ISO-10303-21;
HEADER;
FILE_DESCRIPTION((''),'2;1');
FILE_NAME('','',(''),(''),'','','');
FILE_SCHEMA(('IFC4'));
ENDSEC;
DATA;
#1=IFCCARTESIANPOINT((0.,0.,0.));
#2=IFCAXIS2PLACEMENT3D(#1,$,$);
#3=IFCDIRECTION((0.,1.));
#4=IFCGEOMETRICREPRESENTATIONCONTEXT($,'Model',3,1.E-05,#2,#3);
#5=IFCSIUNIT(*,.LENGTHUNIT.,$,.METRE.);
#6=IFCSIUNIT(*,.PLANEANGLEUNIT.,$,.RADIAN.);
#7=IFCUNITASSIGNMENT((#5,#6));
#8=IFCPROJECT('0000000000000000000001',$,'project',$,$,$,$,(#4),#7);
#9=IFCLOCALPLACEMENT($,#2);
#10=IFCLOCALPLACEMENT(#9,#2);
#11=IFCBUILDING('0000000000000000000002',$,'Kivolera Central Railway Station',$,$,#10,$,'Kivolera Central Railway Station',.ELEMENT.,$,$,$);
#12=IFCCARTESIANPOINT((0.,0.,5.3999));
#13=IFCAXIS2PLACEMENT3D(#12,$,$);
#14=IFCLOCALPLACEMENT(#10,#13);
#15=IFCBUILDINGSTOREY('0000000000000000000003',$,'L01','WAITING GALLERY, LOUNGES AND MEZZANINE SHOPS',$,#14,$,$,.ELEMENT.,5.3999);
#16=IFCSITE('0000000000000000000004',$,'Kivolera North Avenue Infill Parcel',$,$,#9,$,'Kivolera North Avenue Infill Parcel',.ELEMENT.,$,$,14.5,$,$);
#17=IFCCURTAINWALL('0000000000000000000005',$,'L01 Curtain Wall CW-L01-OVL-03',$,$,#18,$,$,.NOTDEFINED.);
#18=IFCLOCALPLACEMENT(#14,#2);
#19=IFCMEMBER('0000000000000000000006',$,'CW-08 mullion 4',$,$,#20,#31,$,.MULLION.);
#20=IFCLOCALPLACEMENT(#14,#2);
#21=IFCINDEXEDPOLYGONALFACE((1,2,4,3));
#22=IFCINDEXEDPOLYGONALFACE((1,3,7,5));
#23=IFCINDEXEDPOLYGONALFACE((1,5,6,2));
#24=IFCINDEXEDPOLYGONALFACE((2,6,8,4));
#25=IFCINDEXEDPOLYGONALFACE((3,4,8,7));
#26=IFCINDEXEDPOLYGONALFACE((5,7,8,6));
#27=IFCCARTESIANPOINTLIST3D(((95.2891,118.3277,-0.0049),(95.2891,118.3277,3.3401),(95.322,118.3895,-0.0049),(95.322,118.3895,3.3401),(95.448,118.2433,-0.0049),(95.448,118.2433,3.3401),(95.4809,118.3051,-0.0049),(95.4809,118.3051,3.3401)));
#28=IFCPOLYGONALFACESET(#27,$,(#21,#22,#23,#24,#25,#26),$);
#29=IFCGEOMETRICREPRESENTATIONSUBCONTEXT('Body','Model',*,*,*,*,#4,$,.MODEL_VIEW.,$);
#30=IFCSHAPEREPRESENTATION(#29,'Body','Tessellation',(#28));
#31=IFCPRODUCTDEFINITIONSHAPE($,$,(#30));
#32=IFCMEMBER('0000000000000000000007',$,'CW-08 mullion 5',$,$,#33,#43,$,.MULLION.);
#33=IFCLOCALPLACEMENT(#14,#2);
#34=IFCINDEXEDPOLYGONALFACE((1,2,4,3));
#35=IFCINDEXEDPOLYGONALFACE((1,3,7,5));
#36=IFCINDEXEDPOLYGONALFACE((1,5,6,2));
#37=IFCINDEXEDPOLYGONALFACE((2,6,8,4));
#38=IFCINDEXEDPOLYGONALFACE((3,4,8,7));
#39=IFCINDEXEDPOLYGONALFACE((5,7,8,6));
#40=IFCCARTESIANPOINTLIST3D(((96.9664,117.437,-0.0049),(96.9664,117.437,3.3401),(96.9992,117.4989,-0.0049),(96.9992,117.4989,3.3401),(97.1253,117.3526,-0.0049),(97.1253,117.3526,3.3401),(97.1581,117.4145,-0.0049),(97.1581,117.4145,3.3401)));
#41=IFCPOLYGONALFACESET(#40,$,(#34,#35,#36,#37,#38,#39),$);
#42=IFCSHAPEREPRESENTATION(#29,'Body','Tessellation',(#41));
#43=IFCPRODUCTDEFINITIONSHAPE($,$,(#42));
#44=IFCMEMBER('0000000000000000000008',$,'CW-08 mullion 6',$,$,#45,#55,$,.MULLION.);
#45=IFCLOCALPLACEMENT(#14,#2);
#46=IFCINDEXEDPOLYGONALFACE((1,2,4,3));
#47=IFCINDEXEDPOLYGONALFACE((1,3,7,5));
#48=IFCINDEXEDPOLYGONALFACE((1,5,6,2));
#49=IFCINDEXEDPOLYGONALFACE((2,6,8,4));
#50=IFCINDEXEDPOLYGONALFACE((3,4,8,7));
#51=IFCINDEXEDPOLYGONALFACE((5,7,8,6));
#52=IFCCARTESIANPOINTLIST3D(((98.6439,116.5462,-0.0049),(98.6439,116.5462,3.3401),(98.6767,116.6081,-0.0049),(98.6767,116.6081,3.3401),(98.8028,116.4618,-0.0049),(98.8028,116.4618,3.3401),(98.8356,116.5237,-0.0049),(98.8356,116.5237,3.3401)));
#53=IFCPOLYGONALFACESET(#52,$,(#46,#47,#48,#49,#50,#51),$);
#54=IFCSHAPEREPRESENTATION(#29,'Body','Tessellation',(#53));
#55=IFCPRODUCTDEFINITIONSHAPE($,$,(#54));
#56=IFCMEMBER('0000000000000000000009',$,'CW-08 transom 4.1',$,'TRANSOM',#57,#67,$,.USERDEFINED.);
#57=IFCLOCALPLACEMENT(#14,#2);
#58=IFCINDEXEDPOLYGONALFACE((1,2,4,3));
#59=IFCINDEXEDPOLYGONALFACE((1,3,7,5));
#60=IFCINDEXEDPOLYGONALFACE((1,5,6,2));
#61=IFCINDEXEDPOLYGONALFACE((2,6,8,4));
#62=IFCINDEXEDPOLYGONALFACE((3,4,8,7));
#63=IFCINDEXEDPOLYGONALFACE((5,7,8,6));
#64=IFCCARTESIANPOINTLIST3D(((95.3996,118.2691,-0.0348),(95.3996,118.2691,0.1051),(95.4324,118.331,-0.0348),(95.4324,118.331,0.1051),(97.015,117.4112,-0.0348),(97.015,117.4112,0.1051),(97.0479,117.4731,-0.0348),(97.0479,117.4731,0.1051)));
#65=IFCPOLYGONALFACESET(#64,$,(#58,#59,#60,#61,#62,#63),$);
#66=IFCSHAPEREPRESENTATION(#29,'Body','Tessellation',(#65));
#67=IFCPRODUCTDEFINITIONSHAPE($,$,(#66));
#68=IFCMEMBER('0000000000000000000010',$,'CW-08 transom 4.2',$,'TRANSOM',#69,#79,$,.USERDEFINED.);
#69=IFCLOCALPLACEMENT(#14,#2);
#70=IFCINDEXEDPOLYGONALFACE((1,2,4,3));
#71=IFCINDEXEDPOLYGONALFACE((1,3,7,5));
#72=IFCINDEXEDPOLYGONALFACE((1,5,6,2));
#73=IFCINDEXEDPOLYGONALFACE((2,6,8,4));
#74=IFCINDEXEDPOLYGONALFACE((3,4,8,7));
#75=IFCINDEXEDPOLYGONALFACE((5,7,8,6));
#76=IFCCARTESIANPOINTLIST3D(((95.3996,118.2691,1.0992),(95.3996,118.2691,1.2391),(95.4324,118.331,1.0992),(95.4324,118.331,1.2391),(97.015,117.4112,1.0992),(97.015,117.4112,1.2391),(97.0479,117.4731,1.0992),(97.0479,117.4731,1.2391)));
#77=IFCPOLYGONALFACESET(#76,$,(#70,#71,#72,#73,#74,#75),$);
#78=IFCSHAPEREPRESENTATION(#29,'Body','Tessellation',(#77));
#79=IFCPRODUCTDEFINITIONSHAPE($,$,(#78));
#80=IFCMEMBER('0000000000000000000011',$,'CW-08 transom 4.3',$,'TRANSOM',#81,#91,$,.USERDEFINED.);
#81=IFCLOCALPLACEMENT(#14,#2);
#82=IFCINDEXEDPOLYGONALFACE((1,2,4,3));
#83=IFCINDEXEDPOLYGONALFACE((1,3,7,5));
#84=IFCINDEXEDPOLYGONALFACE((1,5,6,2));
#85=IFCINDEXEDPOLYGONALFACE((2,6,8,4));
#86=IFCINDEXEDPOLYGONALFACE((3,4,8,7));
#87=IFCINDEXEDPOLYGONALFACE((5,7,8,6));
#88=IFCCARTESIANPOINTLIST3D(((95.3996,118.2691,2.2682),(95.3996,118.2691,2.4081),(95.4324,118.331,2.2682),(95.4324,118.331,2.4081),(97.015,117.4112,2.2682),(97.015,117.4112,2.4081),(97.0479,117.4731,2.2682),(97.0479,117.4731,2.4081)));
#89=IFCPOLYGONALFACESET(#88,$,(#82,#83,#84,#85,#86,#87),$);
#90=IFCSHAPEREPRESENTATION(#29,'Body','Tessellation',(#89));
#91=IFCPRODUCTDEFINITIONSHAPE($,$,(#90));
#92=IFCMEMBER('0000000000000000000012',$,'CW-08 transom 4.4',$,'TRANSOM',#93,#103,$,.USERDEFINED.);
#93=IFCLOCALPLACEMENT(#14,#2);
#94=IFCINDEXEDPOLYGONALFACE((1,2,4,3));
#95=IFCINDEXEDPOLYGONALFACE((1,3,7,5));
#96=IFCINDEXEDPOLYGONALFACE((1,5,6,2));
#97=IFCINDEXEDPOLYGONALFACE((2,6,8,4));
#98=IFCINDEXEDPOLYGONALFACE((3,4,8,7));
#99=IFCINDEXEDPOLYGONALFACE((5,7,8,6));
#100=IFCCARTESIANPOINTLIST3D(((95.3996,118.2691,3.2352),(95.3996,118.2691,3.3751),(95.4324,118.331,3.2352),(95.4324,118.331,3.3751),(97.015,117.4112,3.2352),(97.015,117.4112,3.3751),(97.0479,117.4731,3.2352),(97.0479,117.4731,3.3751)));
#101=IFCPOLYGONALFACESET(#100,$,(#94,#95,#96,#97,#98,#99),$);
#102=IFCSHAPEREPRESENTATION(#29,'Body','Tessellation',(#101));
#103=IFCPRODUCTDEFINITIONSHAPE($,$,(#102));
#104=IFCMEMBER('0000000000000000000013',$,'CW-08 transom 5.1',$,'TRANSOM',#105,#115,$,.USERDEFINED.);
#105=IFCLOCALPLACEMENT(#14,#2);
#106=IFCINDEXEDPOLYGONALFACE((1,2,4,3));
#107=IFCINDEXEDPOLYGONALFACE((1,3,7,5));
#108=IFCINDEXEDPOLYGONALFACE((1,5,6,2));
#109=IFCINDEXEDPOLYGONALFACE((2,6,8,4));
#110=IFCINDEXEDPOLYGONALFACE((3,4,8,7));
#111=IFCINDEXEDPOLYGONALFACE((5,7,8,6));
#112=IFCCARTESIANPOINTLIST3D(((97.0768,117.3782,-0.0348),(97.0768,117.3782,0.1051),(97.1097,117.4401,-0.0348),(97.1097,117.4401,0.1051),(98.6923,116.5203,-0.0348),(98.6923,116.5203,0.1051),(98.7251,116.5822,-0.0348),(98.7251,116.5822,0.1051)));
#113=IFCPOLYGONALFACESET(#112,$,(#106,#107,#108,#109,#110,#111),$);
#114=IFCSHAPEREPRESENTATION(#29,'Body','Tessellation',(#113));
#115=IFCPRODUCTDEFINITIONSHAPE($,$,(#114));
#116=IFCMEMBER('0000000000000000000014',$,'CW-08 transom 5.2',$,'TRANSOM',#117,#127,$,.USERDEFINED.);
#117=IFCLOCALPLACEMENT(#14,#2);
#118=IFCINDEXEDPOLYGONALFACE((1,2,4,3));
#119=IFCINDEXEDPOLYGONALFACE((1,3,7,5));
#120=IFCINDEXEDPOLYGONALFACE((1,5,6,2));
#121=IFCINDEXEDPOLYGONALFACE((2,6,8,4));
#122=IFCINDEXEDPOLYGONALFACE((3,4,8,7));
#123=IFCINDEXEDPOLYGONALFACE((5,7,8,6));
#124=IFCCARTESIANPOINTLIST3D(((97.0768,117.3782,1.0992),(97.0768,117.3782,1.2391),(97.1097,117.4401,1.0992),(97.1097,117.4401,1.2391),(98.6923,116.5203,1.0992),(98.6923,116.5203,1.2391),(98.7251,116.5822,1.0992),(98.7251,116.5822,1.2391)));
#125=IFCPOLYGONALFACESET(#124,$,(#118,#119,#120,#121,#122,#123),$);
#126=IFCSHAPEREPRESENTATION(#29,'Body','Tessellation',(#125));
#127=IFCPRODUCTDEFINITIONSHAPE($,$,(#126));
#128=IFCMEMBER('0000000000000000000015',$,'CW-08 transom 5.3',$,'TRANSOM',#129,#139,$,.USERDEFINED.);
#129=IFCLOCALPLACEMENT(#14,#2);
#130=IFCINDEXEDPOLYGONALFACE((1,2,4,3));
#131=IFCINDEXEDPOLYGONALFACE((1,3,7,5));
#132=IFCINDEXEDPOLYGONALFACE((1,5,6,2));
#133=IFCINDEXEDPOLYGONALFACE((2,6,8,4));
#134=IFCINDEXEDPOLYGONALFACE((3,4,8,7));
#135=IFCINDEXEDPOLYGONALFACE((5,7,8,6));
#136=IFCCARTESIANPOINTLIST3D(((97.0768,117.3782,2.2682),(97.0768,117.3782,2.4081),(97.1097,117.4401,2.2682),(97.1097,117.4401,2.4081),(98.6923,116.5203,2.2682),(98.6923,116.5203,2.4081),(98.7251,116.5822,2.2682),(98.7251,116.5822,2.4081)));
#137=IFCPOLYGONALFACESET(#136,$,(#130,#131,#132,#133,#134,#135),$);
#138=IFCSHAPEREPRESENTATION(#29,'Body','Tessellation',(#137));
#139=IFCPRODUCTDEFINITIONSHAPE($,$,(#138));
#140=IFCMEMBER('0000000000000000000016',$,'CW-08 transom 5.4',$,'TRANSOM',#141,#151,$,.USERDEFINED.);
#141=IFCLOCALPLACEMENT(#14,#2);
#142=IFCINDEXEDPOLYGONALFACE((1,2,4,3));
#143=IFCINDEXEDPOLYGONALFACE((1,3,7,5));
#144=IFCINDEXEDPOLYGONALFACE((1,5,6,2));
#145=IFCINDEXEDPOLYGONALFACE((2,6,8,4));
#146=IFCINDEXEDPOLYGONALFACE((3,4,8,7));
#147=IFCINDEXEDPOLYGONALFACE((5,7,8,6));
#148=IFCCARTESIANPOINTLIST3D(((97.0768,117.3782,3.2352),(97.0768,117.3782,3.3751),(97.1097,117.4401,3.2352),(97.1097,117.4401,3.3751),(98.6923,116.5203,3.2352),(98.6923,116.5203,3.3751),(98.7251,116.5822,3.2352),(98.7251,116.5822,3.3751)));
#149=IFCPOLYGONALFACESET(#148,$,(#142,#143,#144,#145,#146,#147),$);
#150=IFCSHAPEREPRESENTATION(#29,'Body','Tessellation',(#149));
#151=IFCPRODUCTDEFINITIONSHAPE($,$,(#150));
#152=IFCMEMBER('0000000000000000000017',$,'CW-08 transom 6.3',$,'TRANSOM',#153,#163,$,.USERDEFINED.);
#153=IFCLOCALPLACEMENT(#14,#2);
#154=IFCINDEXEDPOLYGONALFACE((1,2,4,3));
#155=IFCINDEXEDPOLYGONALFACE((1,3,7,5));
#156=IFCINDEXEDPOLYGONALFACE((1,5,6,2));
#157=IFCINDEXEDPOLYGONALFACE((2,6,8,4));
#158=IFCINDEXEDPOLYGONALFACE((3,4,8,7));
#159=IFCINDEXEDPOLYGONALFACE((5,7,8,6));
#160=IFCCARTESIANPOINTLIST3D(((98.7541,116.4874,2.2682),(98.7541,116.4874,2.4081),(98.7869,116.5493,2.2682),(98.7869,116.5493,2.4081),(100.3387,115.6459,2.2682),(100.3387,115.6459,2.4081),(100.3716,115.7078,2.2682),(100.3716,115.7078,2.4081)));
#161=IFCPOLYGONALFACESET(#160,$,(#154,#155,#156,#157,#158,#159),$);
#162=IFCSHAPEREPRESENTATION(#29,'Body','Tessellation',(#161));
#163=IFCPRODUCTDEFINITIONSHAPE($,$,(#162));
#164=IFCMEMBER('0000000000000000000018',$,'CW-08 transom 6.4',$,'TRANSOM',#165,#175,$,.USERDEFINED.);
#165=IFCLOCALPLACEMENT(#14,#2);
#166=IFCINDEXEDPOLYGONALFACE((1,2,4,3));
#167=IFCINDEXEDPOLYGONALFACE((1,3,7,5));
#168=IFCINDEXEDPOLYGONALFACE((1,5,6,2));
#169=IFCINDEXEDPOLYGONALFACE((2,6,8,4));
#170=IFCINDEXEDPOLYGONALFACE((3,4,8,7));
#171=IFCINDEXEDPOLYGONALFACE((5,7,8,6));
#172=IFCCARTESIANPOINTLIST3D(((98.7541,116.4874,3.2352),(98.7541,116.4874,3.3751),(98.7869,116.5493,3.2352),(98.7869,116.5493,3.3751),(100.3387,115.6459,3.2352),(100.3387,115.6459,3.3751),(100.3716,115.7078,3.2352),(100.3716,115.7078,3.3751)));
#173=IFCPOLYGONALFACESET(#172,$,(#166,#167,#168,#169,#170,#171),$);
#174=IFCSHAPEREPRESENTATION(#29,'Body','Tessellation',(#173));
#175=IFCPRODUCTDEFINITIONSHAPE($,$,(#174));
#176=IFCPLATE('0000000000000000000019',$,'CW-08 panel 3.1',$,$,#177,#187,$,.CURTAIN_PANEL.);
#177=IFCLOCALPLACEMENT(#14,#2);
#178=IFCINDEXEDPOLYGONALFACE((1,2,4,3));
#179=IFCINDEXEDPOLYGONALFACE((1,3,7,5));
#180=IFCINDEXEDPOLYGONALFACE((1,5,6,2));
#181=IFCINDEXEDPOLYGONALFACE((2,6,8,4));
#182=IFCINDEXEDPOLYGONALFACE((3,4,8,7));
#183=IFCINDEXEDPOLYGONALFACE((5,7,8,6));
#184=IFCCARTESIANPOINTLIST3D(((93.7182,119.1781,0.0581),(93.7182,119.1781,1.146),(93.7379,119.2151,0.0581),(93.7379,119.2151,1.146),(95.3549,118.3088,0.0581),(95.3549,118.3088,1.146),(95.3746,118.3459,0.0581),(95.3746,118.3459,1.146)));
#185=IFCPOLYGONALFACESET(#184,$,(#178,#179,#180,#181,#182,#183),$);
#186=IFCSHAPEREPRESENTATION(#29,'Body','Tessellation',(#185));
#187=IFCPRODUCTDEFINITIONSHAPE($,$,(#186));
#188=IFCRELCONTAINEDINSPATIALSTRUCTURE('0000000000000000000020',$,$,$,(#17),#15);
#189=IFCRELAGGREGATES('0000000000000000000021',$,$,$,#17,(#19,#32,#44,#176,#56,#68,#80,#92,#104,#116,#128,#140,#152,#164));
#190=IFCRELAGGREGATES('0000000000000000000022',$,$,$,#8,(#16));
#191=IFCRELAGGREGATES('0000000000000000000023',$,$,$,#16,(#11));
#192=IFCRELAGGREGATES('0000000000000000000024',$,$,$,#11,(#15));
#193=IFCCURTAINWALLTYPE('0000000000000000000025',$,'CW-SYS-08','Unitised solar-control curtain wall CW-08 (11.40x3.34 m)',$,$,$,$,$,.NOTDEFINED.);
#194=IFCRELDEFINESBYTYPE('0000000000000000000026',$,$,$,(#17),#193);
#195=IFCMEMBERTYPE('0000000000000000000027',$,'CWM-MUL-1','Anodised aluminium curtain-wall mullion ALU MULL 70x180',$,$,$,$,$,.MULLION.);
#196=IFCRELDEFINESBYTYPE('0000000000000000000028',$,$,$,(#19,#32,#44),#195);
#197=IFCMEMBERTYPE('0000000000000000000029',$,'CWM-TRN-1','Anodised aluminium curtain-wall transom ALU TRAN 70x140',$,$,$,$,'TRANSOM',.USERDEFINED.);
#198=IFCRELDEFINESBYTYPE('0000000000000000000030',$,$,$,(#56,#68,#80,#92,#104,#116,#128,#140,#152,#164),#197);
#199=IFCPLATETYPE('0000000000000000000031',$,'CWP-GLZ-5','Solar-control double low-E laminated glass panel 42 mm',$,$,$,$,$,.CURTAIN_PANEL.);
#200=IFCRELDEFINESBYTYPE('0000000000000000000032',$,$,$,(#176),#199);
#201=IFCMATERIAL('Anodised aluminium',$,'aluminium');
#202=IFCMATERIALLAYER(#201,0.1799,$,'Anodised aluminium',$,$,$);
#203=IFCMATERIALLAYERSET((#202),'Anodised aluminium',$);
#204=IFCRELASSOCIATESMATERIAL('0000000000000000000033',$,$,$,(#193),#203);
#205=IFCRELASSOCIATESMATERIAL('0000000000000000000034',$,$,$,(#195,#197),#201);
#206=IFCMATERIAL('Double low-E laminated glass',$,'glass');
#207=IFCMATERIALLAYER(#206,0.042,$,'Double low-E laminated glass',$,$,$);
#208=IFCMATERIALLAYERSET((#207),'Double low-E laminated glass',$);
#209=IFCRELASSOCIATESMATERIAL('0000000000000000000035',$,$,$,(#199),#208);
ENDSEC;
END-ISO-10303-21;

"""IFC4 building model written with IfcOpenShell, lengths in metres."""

from ifc_helpers import new_model, si_unit, direction, frame, origin, origin_2d, place, context, subcontext, project, spatial, rectangle, extrude, material, layer, layer_set, material_profile, profile_set, type_object, element, aggregate, save


model = new_model("IFC4")

# Units and contexts
model_context = context("Model", 3, precision=1e-05, world=origin(), true_north=direction((0.0, 1.0)))
body_context = subcontext(model_context, "Body", "Model", "MODEL_VIEW")
ifc_project = project(units=[si_unit("LENGTHUNIT", "METRE"), si_unit("PLANEANGLEUNIT", "RADIAN")], contexts=[model_context])

# Site, building, storey
site_placement = place(None, origin())
site = spatial("IfcSite", under=ifc_project, at=site_placement, Name="Kivolera North Avenue Infill Parcel", LongName="Kivolera North Avenue Infill Parcel", CompositionType="ELEMENT", RefElevation=14.5)
building_placement = place(site_placement, origin())
building = spatial("IfcBuilding", under=site, at=building_placement, Name="Kivolera Central Railway Station", LongName="Kivolera Central Railway Station", CompositionType="ELEMENT")
storey_placement = place(building_placement, frame((0.0, 0.0, 5.3999)))
storey = spatial("IfcBuildingStorey", under=building, at=storey_placement, Name="L01", Description="WAITING GALLERY, LOUNGES AND MEZZANINE SHOPS", CompositionType="ELEMENT", Elevation=5.3999)

# Curtain wall, members, plate
ifc_material_1 = material(Name="Anodised aluminium", Category="aluminium")
ifc_layer_1 = layer(ifc_material_1, 0.1799, Name="Anodised aluminium")
ifc_layer_set_1 = layer_set([ifc_layer_1], Name="Anodised aluminium")
curtain_wall_type = type_object("IfcCurtainWallType", Name="CW-SYS-08", Description="Unitised solar-control curtain wall CW-08 (11.40x3.34 m)", PredefinedType="NOTDEFINED", material=ifc_layer_set_1)
curtain_wall_placement = place(storey_placement, origin())
curtain_wall = element("IfcCurtainWall", 1, at=curtain_wall_placement, inside=storey, type_object=curtain_wall_type, Name="L01 Curtain Wall CW-L01-OVL-03", PredefinedType="NOTDEFINED")
ifc_material_profile_1 = material_profile(ifc_material_1, rectangle(XDim=0.0701, YDim=0.1799, at=origin_2d()), Name="ALU MULL 70x180")
ifc_profile_set_1 = profile_set([ifc_material_profile_1], Name="Anodised aluminium")
member_type_1 = type_object("IfcMemberType", Name="CWM-MUL-1", Description="Anodised aluminium curtain-wall mullion ALU MULL 70x180", PredefinedType="MULLION", material=ifc_profile_set_1)
member_1_placement = place(storey_placement, frame((95.385, 118.3164, -0.0049), z_axis=(0.0, 0.0, 1.0), x_axis=(0.469053, 0.88317, 0.0)))
member_1 = element("IfcMember", 2, at=member_1_placement, type_object=member_type_1, Name="CW-08 mullion 4", PredefinedType="MULLION", context=body_context, shape_type="SweptSolid", body=[
    extrude(rectangle(XDim=0.0701, YDim=0.1799, at=origin_2d()), origin(), (0.0, 0.0, 1.0), 3.345),
])
member_2_placement = place(storey_placement, frame((97.0623, 117.4258, -0.0049), z_axis=(0.0, 0.0, 1.0), x_axis=(0.469053, 0.88317, 0.0)))
member_2 = element("IfcMember", 3, at=member_2_placement, type_object=member_type_1, Name="CW-08 mullion 5", PredefinedType="MULLION", context=body_context, shape_type="SweptSolid", body=[
    extrude(rectangle(XDim=0.0701, YDim=0.1799, at=origin_2d()), origin(), (0.0, 0.0, 1.0), 3.345),
])
member_3_placement = place(storey_placement, frame((98.7397, 116.5349, -0.0049), z_axis=(0.0, 0.0, 1.0), x_axis=(0.469053, 0.88317, 0.0)))
member_3 = element("IfcMember", 4, at=member_3_placement, type_object=member_type_1, Name="CW-08 mullion 6", PredefinedType="MULLION", context=body_context, shape_type="SweptSolid", body=[
    extrude(rectangle(XDim=0.0701, YDim=0.1799, at=origin_2d()), origin(), (0.0, 0.0, 1.0), 3.345),
])
ifc_material_profile_2 = material_profile(ifc_material_1, rectangle(XDim=0.0701, YDim=0.1399, at=origin_2d()), Name="ALU TRAN 70x140")
ifc_profile_set_2 = profile_set([ifc_material_profile_2], Name="Anodised aluminium")
member_type_2 = type_object("IfcMemberType", Name="CWM-TRN-1", Description="Anodised aluminium curtain-wall transom ALU TRAN 70x140", ElementType="TRANSOM", PredefinedType="USERDEFINED", material=ifc_profile_set_2)
member_4_placement = place(storey_placement, frame((95.416, 118.3, 0.0352), z_axis=(0.883187, -0.469022, 0.0), x_axis=(0.469022, 0.883187, 0.0)))
member_4 = element("IfcMember", 5, at=member_4_placement, type_object=member_type_2, Name="CW-08 transom 4.1", ObjectType="TRANSOM", PredefinedType="USERDEFINED", context=body_context, shape_type="SweptSolid", body=[
    extrude(rectangle(XDim=0.0701, YDim=0.1399, at=origin_2d()), origin(), (0.0, 0.0, 1.0), 1.8291),
])
member_5_placement = place(storey_placement, frame((95.416, 118.3, 1.1692), z_axis=(0.883187, -0.469022, 0.0), x_axis=(0.469022, 0.883187, 0.0)))
member_5 = element("IfcMember", 6, at=member_5_placement, type_object=member_type_2, Name="CW-08 transom 4.2", ObjectType="TRANSOM", PredefinedType="USERDEFINED", context=body_context, shape_type="SweptSolid", body=[
    extrude(rectangle(XDim=0.0701, YDim=0.1399, at=origin_2d()), origin(), (0.0, 0.0, 1.0), 1.8291),
])
member_6_placement = place(storey_placement, frame((95.416, 118.3, 2.3381), z_axis=(0.883187, -0.469022, 0.0), x_axis=(0.469022, 0.883187, 0.0)))
member_6 = element("IfcMember", 7, at=member_6_placement, type_object=member_type_2, Name="CW-08 transom 4.3", ObjectType="TRANSOM", PredefinedType="USERDEFINED", context=body_context, shape_type="SweptSolid", body=[
    extrude(rectangle(XDim=0.0701, YDim=0.1399, at=origin_2d()), origin(), (0.0, 0.0, 1.0), 1.8291),
])
member_7_placement = place(storey_placement, frame((95.416, 118.3, 3.3052), z_axis=(0.883187, -0.469022, 0.0), x_axis=(0.469022, 0.883187, 0.0)))
member_7 = element("IfcMember", 8, at=member_7_placement, type_object=member_type_2, Name="CW-08 transom 4.4", ObjectType="TRANSOM", PredefinedType="USERDEFINED", context=body_context, shape_type="SweptSolid", body=[
    extrude(rectangle(XDim=0.0701, YDim=0.1399, at=origin_2d()), origin(), (0.0, 0.0, 1.0), 1.8291),
])
member_8_placement = place(storey_placement, frame((97.0933, 117.4092, 0.0352), z_axis=(0.883187, -0.469022, 0.0), x_axis=(0.469022, 0.883187, 0.0)))
member_8 = element("IfcMember", 9, at=member_8_placement, type_object=member_type_2, Name="CW-08 transom 5.1", ObjectType="TRANSOM", PredefinedType="USERDEFINED", context=body_context, shape_type="SweptSolid", body=[
    extrude(rectangle(XDim=0.0701, YDim=0.1399, at=origin_2d()), origin(), (0.0, 0.0, 1.0), 1.8291),
])
member_9_placement = place(storey_placement, frame((97.0933, 117.4092, 1.1692), z_axis=(0.883187, -0.469022, 0.0), x_axis=(0.469022, 0.883187, 0.0)))
member_9 = element("IfcMember", 10, at=member_9_placement, type_object=member_type_2, Name="CW-08 transom 5.2", ObjectType="TRANSOM", PredefinedType="USERDEFINED", context=body_context, shape_type="SweptSolid", body=[
    extrude(rectangle(XDim=0.0701, YDim=0.1399, at=origin_2d()), origin(), (0.0, 0.0, 1.0), 1.8291),
])
member_10_placement = place(storey_placement, frame((97.0933, 117.4092, 2.3381), z_axis=(0.883187, -0.469022, 0.0), x_axis=(0.469022, 0.883187, 0.0)))
member_10 = element("IfcMember", 11, at=member_10_placement, type_object=member_type_2, Name="CW-08 transom 5.3", ObjectType="TRANSOM", PredefinedType="USERDEFINED", context=body_context, shape_type="SweptSolid", body=[
    extrude(rectangle(XDim=0.0701, YDim=0.1399, at=origin_2d()), origin(), (0.0, 0.0, 1.0), 1.8291),
])
member_11_placement = place(storey_placement, frame((97.0933, 117.4092, 3.3052), z_axis=(0.883187, -0.469022, 0.0), x_axis=(0.469022, 0.883187, 0.0)))
member_11 = element("IfcMember", 12, at=member_11_placement, type_object=member_type_2, Name="CW-08 transom 5.4", ObjectType="TRANSOM", PredefinedType="USERDEFINED", context=body_context, shape_type="SweptSolid", body=[
    extrude(rectangle(XDim=0.0701, YDim=0.1399, at=origin_2d()), origin(), (0.0, 0.0, 1.0), 1.8291),
])
member_12_placement = place(storey_placement, frame((98.7705, 116.5183, 2.3381), z_axis=(0.883191, -0.469013, 0.0), x_axis=(0.469013, 0.883191, 0.0)))
member_12 = element("IfcMember", 13, at=member_12_placement, type_object=member_type_2, Name="CW-08 transom 6.3", ObjectType="TRANSOM", PredefinedType="USERDEFINED", context=body_context, shape_type="SweptSolid", body=[
    extrude(rectangle(XDim=0.0701, YDim=0.1399, at=origin_2d()), origin(), (0.0, 0.0, 1.0), 1.7942),
])
member_13_placement = place(storey_placement, frame((98.7705, 116.5183, 3.3052), z_axis=(0.883191, -0.469013, 0.0), x_axis=(0.469013, 0.883191, 0.0)))
member_13 = element("IfcMember", 14, at=member_13_placement, type_object=member_type_2, Name="CW-08 transom 6.4", ObjectType="TRANSOM", PredefinedType="USERDEFINED", context=body_context, shape_type="SweptSolid", body=[
    extrude(rectangle(XDim=0.0701, YDim=0.1399, at=origin_2d()), origin(), (0.0, 0.0, 1.0), 1.7942),
])
ifc_material_2 = material(Name="Double low-E laminated glass", Category="glass")
ifc_layer_2 = layer(ifc_material_2, 0.042, Name="Double low-E laminated glass")
ifc_layer_set_2 = layer_set([ifc_layer_2], Name="Double low-E laminated glass")
plate_type = type_object("IfcPlateType", Name="CWP-GLZ-5", Description="Solar-control double low-E laminated glass panel 42 mm", PredefinedType="CURTAIN_PANEL", material=ifc_layer_set_2)
plate_1_placement = place(storey_placement, frame((94.5464, 118.762, 0.0581), z_axis=(0.0, 0.0, 1.0), x_axis=(0.88317, -0.469053, 0.0)))
plate_1 = element("IfcPlate", 15, at=plate_1_placement, type_object=plate_type, Name="CW-08 panel 3.1", PredefinedType="CURTAIN_PANEL", context=body_context, shape_type="SweptSolid", body=[
    extrude(rectangle(XDim=1.8533, YDim=0.042, at=origin_2d()), origin(), (0.0, 0.0, 1.0), 1.0879),
])
aggregate(curtain_wall, [member_1, member_2, member_3, plate_1, member_4, member_5, member_6, member_7, member_8, member_9, member_10, member_11, member_12, member_13])

save(model, "model.ifc")
